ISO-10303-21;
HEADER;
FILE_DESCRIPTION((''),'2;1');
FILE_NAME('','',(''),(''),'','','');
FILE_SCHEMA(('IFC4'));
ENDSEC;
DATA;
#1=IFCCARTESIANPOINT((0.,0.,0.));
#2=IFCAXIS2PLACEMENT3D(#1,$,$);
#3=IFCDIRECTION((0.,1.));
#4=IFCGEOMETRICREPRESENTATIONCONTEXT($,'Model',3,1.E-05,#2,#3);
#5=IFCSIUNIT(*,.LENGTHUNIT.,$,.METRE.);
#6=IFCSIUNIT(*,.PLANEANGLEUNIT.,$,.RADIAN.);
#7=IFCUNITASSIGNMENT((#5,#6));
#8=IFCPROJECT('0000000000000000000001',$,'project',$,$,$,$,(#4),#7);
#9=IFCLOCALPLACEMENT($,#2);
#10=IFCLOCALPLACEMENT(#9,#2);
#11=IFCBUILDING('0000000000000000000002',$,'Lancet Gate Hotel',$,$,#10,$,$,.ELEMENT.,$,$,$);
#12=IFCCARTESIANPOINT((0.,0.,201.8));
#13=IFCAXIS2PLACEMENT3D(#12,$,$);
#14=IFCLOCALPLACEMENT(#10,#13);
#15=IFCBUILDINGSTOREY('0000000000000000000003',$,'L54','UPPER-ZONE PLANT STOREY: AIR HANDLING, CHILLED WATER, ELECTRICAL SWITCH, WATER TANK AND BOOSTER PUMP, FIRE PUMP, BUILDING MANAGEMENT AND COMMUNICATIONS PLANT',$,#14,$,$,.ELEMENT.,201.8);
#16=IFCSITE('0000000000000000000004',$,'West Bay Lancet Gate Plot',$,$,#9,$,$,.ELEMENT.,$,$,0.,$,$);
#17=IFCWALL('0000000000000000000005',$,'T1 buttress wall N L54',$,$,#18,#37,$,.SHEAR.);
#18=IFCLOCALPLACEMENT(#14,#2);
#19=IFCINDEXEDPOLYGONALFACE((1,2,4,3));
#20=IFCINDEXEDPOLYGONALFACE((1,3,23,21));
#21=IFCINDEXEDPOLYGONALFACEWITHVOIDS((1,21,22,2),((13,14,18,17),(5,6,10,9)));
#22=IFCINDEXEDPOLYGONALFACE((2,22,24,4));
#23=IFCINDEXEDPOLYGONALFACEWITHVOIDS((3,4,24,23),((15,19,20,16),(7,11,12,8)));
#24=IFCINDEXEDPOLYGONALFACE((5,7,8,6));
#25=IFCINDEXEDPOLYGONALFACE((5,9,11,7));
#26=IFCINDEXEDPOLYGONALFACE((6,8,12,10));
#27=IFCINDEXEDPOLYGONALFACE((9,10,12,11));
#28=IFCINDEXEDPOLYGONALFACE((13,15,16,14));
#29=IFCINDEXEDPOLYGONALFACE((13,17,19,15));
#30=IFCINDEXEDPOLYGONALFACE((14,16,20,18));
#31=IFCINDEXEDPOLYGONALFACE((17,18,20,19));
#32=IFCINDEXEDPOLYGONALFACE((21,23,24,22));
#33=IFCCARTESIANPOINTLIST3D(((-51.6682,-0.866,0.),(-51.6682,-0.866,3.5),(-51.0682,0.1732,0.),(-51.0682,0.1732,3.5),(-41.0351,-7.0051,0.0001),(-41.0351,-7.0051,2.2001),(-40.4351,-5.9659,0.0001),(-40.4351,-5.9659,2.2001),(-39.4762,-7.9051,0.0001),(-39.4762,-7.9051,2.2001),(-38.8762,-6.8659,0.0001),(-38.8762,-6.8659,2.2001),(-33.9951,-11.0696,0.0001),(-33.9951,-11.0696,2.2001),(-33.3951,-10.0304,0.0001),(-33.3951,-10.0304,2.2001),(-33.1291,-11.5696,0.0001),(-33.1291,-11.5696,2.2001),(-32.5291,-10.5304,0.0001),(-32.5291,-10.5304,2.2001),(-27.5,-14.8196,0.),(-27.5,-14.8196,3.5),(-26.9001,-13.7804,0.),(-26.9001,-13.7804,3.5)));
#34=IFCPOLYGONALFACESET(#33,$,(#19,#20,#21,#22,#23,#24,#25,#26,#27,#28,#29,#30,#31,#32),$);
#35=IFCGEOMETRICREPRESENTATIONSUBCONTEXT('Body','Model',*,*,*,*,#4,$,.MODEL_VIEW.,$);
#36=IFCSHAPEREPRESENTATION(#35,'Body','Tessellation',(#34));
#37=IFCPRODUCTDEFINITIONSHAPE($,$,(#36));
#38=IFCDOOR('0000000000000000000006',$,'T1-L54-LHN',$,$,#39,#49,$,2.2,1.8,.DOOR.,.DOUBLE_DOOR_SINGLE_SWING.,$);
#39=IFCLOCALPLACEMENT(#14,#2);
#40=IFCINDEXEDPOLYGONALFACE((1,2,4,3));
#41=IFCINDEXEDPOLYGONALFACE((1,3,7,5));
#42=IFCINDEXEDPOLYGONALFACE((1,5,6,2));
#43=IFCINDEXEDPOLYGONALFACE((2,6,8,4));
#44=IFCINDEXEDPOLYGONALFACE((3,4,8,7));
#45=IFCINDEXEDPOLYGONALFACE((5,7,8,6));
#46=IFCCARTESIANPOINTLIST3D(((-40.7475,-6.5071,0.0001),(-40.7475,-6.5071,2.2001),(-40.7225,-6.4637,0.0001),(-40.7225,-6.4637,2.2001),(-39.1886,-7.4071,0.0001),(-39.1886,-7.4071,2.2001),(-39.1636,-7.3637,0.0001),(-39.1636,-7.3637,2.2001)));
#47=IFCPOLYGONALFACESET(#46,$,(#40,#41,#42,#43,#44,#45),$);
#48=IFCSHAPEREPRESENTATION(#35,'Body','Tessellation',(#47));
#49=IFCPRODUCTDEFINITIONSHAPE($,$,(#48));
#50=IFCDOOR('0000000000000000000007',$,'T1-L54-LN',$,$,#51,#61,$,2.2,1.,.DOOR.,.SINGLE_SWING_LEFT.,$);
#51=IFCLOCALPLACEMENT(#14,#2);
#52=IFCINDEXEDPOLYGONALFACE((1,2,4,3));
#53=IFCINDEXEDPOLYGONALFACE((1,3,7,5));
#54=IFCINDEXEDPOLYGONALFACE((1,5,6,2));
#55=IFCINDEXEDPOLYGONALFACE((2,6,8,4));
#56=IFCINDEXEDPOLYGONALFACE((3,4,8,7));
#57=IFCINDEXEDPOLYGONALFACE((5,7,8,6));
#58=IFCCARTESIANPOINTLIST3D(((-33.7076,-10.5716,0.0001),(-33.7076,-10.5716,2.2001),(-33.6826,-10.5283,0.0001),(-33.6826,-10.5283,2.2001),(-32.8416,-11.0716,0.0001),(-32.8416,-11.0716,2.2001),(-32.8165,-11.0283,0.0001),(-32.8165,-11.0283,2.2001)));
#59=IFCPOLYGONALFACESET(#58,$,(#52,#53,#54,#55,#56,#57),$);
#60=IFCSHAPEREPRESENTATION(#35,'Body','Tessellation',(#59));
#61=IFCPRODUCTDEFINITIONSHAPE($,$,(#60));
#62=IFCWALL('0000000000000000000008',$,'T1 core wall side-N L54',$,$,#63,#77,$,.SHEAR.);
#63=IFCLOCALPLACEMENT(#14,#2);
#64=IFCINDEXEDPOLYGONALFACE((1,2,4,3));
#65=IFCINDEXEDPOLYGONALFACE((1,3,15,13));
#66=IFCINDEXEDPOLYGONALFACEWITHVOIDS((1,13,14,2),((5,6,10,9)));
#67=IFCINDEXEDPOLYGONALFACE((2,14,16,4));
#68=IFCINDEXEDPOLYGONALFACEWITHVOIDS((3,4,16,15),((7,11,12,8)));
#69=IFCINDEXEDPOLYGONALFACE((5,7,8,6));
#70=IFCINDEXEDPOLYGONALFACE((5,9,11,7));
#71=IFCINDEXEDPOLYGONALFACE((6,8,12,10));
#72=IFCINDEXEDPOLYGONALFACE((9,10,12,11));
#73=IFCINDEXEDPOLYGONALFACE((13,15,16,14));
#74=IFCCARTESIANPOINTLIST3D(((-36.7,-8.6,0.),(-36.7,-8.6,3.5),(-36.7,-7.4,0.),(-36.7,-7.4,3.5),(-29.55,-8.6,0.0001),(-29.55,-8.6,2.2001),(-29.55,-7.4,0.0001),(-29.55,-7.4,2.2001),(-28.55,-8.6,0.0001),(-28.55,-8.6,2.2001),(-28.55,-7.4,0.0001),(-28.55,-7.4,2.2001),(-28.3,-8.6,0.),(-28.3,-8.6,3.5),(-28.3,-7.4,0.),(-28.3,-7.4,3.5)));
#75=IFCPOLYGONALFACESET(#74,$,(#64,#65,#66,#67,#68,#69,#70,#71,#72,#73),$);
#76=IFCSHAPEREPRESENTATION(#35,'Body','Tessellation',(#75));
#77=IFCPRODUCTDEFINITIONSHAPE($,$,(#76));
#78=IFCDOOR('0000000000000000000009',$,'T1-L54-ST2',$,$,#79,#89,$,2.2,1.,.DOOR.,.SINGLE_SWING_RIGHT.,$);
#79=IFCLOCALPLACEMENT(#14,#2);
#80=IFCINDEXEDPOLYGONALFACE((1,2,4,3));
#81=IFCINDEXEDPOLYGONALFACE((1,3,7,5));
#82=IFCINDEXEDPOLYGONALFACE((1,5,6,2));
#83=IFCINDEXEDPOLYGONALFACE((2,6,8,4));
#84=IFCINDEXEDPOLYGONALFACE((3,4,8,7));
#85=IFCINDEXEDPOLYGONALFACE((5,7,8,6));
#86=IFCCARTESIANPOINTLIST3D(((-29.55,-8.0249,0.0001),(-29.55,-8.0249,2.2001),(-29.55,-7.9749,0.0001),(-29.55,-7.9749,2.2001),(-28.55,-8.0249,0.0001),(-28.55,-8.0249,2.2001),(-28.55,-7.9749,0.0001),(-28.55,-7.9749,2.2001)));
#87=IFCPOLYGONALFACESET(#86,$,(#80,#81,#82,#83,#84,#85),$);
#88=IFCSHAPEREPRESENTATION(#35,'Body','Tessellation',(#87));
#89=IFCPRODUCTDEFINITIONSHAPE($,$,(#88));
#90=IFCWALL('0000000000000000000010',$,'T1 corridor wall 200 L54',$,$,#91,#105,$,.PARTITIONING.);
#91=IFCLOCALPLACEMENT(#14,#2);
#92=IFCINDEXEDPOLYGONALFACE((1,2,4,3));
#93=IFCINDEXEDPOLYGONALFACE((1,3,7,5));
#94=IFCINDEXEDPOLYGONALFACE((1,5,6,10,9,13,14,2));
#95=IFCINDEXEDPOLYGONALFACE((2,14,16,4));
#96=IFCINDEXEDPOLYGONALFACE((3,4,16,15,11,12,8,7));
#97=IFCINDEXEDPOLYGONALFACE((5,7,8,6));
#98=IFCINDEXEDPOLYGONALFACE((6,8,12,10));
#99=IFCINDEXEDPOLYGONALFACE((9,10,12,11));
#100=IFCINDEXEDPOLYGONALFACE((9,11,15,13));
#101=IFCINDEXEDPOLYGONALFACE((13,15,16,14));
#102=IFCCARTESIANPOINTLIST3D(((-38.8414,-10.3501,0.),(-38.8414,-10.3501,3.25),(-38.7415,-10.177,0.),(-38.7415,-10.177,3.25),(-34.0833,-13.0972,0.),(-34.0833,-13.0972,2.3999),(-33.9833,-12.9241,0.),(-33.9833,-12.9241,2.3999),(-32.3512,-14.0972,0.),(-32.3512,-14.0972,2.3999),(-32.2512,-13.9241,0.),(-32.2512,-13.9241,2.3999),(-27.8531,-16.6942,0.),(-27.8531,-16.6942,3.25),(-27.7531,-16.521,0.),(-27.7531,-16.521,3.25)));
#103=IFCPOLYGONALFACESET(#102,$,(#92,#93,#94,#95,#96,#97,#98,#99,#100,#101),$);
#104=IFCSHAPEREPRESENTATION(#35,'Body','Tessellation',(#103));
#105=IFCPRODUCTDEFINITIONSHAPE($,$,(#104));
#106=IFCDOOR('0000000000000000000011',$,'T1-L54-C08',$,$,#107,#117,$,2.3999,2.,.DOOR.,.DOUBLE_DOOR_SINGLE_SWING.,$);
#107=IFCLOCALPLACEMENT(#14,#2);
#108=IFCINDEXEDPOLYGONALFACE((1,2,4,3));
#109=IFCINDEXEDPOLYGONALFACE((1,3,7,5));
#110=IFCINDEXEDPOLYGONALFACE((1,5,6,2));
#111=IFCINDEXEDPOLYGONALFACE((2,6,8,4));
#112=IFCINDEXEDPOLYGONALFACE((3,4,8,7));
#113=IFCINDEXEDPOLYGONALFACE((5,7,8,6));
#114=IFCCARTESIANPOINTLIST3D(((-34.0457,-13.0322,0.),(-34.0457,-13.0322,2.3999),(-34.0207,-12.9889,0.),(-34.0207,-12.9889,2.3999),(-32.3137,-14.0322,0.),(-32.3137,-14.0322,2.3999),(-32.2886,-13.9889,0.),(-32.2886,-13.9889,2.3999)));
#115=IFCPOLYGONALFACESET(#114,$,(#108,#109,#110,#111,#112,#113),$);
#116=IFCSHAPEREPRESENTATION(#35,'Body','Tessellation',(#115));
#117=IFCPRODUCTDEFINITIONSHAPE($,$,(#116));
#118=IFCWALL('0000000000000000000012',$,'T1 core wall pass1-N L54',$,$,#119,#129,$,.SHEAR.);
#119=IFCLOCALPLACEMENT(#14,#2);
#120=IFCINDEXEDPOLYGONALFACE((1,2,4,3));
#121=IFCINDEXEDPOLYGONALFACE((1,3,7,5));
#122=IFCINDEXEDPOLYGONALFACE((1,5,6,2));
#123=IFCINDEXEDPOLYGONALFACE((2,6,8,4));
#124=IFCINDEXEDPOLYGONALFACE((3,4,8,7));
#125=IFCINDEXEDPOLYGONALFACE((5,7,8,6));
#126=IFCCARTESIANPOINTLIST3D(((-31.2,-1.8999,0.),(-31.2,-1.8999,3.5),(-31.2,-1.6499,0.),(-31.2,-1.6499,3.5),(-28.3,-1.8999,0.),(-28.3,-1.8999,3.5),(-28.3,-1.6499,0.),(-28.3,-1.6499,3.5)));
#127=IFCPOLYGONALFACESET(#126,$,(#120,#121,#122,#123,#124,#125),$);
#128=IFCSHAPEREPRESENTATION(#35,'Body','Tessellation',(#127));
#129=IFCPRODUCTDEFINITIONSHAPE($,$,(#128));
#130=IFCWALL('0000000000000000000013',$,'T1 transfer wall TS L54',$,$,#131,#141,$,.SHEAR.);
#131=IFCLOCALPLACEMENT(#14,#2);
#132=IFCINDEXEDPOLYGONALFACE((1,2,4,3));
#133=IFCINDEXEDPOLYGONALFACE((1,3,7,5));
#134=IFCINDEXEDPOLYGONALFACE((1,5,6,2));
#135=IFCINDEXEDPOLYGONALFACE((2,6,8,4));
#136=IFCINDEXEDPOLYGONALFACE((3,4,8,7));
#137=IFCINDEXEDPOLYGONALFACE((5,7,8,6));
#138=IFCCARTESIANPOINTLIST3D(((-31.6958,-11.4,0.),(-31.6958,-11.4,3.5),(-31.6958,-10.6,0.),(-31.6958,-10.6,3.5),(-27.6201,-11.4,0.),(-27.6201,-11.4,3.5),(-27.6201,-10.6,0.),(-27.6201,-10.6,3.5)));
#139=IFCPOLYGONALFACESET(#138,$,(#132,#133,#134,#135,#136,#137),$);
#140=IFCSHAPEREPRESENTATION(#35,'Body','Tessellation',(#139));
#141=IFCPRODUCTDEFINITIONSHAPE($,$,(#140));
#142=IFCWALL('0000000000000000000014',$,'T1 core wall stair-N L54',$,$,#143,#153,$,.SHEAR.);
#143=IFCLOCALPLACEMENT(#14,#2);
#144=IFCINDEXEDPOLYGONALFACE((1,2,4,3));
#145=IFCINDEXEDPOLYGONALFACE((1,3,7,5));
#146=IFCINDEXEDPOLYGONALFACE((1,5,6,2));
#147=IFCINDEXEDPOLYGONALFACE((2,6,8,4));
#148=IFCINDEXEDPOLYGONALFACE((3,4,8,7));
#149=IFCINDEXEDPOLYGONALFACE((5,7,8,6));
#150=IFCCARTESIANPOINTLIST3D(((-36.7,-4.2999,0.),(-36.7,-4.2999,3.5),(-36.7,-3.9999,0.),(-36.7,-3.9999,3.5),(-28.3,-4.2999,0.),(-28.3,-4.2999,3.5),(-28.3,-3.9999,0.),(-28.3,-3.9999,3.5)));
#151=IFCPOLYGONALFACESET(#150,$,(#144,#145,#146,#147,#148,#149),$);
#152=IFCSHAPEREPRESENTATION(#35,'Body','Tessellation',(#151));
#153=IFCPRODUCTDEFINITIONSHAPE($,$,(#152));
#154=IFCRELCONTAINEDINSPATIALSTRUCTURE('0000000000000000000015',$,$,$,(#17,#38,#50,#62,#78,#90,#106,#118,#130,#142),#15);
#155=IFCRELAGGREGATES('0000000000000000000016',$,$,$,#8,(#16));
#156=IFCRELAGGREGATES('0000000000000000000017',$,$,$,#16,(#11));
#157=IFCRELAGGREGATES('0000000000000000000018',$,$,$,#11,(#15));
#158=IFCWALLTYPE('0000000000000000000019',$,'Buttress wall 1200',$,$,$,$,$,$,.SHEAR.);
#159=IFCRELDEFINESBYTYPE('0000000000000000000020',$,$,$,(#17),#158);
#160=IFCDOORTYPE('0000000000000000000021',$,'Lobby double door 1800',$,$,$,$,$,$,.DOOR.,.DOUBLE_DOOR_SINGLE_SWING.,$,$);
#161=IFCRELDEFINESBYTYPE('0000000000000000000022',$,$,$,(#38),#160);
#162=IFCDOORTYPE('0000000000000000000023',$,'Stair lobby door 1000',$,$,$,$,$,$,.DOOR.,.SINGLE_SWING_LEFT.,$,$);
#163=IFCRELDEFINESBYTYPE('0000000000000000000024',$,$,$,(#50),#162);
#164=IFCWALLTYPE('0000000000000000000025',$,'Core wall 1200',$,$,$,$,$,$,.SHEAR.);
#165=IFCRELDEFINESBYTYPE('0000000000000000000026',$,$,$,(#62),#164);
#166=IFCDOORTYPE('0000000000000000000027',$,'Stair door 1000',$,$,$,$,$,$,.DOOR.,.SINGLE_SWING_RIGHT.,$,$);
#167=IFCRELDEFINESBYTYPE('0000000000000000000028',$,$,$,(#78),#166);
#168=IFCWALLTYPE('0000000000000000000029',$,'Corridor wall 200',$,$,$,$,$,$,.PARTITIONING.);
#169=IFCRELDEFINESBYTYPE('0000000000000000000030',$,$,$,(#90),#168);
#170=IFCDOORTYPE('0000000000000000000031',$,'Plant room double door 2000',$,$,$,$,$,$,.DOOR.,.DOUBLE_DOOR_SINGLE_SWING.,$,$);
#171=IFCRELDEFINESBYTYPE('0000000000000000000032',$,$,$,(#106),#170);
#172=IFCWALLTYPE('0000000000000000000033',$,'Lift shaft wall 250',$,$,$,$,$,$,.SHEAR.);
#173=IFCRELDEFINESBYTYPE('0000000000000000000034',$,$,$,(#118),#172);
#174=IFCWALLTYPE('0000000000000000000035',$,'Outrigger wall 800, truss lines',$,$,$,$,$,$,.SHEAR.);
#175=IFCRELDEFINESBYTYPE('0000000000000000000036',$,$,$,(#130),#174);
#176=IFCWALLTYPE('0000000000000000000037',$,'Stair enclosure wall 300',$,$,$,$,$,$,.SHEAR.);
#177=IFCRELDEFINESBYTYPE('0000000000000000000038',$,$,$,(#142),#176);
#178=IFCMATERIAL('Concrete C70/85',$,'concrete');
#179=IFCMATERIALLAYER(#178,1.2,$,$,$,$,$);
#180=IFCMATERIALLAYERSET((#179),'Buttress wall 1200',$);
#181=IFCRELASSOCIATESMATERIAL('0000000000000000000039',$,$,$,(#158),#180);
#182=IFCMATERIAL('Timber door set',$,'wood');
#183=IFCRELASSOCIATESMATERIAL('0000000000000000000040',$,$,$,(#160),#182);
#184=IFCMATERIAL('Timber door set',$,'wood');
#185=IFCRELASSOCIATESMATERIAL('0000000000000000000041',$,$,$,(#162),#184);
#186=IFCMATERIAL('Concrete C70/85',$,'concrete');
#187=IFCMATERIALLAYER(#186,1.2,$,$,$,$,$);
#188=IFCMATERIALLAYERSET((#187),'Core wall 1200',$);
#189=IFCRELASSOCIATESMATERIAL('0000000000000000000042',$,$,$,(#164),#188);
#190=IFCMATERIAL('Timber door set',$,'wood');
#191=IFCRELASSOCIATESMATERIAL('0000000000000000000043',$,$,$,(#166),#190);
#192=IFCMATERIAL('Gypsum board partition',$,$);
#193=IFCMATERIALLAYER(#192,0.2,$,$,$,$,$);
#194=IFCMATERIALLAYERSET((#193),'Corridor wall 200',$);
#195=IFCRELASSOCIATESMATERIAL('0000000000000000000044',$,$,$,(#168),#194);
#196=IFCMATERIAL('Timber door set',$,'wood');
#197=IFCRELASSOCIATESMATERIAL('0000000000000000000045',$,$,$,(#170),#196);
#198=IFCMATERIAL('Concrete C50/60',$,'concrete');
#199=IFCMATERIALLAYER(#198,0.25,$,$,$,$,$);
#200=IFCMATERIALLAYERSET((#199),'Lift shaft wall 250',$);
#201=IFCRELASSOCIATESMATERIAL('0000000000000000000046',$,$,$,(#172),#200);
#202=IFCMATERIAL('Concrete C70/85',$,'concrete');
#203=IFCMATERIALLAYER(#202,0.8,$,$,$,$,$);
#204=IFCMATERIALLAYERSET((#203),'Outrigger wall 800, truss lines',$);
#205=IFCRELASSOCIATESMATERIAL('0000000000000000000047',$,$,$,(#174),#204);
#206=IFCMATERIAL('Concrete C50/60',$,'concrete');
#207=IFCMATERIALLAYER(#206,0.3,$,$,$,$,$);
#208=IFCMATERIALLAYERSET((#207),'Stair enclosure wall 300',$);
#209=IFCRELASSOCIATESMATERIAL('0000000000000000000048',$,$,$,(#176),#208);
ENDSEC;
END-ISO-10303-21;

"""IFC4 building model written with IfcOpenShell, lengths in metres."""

from ifc_helpers import new_model, si_unit, direction, frame, frame_2d, origin, place, context, subcontext, project, spatial, rectangle, extrude, material, layer, layer_set, type_object, element, fill, save


model = new_model("IFC4")

# Units and contexts
model_context = context("Model", 3, precision=1e-05, world=origin(), true_north=direction((0.0, 1.0)))
body_context = subcontext(model_context, "Body", "Model", "MODEL_VIEW")
ifc_project = project(units=[si_unit("LENGTHUNIT", "METRE"), si_unit("PLANEANGLEUNIT", "RADIAN")], contexts=[model_context])

# Site, building, storey
site_placement = place(None, origin())
site = spatial("IfcSite", under=ifc_project, at=site_placement, Name="West Bay Lancet Gate Plot", CompositionType="ELEMENT", RefElevation=0.0)
building_placement = place(site_placement, origin())
building = spatial("IfcBuilding", under=site, at=building_placement, Name="Lancet Gate Hotel", CompositionType="ELEMENT")
storey_placement = place(building_placement, frame((0.0, 0.0, 201.8)))
storey = spatial("IfcBuildingStorey", under=building, at=storey_placement, Name="L54", Description="UPPER-ZONE PLANT STOREY: AIR HANDLING, CHILLED WATER, ELECTRICAL SWITCH, WATER TANK AND BOOSTER PUMP, FIRE PUMP, BUILDING MANAGEMENT AND COMMUNICATIONS PLANT", CompositionType="ELEMENT", Elevation=201.8)

# Wall, openings, doors
ifc_material_1 = material(Name="Concrete C70/85", Category="concrete")
ifc_layer_1 = layer(ifc_material_1, 1.2)
ifc_layer_set_1 = layer_set([ifc_layer_1], Name="Buttress wall 1200")
wall_type_1 = type_object("IfcWallType", Name="Buttress wall 1200", PredefinedType="SHEAR", material=ifc_layer_set_1)
wall_1_placement = place(storey_placement, frame((-27.2, -14.3, 0.0), z_axis=(0.0, 0.0, 1.0), x_axis=(-0.866024, 0.500002, 0.0)))
wall_1 = element("IfcWall", 1, at=wall_1_placement, inside=storey, type_object=wall_type_1, Name="T1 buttress wall N L54", PredefinedType="SHEAR", context=body_context, shape_type="SweptSolid", body=[
    extrude(rectangle(XDim=27.907, YDim=1.2, at=frame_2d((13.9536, 0.0))), origin(), (0.0, 0.0, 1.0), 3.5),
])
opening_1_placement = place(wall_1_placement, frame((6.5, 0.0, 0.0)))
opening_1 = element("IfcOpeningElement", 2, at=opening_1_placement, cuts=wall_1, PredefinedType="OPENING", context=body_context, shape_type="SweptSolid", body=[
    extrude(rectangle(XDim=1.0, YDim=2.2, at=frame_2d((0.5, 1.1001))), frame((0.0, 0.6099, 0.0), z_axis=(0.0, -1.0, 0.0), x_axis=(1.0, 0.0, 0.0)), (0.0, 0.0, 1.0), 1.22),
])
opening_2_placement = place(wall_1_placement, frame((13.8291, 0.0, 0.0)))
opening_2 = element("IfcOpeningElement", 3, at=opening_2_placement, cuts=wall_1, PredefinedType="OPENING", context=body_context, shape_type="SweptSolid", body=[
    extrude(rectangle(XDim=1.8, YDim=2.2, at=frame_2d((0.8999, 1.1001))), frame((0.0, 0.6099, 0.0), z_axis=(0.0, -1.0, 0.0), x_axis=(1.0, 0.0, 0.0)), (0.0, 0.0, 1.0), 1.22),
])
ifc_material_2 = material(Name="Timber door set", Category="wood")
door_type_1 = type_object("IfcDoorType", Name="Lobby double door 1800", OperationType="DOUBLE_DOOR_SINGLE_SWING", PredefinedType="DOOR", material=ifc_material_2)
door_1_placement = place(opening_2_placement, origin())
door_1 = element("IfcDoor", 4, at=door_1_placement, inside=storey, type_object=door_type_1, Name="T1-L54-LHN", OperationType="DOUBLE_DOOR_SINGLE_SWING", OverallHeight=2.2, OverallWidth=1.8, PredefinedType="DOOR", context=body_context, shape_type="SweptSolid", body=[
    extrude(rectangle(XDim=1.8, YDim=2.2, at=frame_2d((0.8999, 1.1001))), frame((0.0, 0.0249, 0.0), z_axis=(0.0, -1.0, 0.0), x_axis=(1.0, 0.0, 0.0)), (0.0, 0.0, 1.0), 0.05),
])
fill(opening_2, door_1)
ifc_material_3 = material(Name="Timber door set", Category="wood")
door_type_2 = type_object("IfcDoorType", Name="Stair lobby door 1000", OperationType="SINGLE_SWING_LEFT", PredefinedType="DOOR", material=ifc_material_3)
door_2_placement = place(opening_1_placement, origin())
door_2 = element("IfcDoor", 5, at=door_2_placement, inside=storey, type_object=door_type_2, Name="T1-L54-LN", OperationType="SINGLE_SWING_LEFT", OverallHeight=2.2, OverallWidth=1.0, PredefinedType="DOOR", context=body_context, shape_type="SweptSolid", body=[
    extrude(rectangle(XDim=1.0, YDim=2.2, at=frame_2d((0.5, 1.1001))), frame((0.0, 0.0249, 0.0), z_axis=(0.0, -1.0, 0.0), x_axis=(1.0, 0.0, 0.0)), (0.0, 0.0, 1.0), 0.05),
])
fill(opening_1, door_2)

# Walls, openings, doors
ifc_material_4 = material(Name="Concrete C70/85", Category="concrete")
ifc_layer_2 = layer(ifc_material_4, 1.2)
ifc_layer_set_2 = layer_set([ifc_layer_2], Name="Core wall 1200")
wall_type_2 = type_object("IfcWallType", Name="Core wall 1200", PredefinedType="SHEAR", material=ifc_layer_set_2)
wall_2_placement = place(storey_placement, frame((-28.3, -8.0, 0.0), z_axis=(0.0, 0.0, 1.0), x_axis=(-1.0, 0.0, 0.0)))
wall_2 = element("IfcWall", 6, at=wall_2_placement, inside=storey, type_object=wall_type_2, Name="T1 core wall side-N L54", PredefinedType="SHEAR", context=body_context, shape_type="SweptSolid", body=[
    extrude(rectangle(XDim=8.3999, YDim=1.2, at=frame_2d((4.2, 0.0))), origin(), (0.0, 0.0, 1.0), 3.5),
])
opening_3_placement = place(wall_2_placement, frame((0.25, 0.0, 0.0)))
opening_3 = element("IfcOpeningElement", 7, at=opening_3_placement, cuts=wall_2, PredefinedType="OPENING", context=body_context, shape_type="SweptSolid", body=[
    extrude(rectangle(XDim=1.0, YDim=2.2, at=frame_2d((0.5, 1.1001))), frame((0.0, 0.6099, 0.0), z_axis=(0.0, -1.0, 0.0), x_axis=(1.0, 0.0, 0.0)), (0.0, 0.0, 1.0), 1.22),
])
ifc_material_5 = material(Name="Timber door set", Category="wood")
door_type_3 = type_object("IfcDoorType", Name="Stair door 1000", OperationType="SINGLE_SWING_RIGHT", PredefinedType="DOOR", material=ifc_material_5)
door_3_placement = place(opening_3_placement, origin())
door_3 = element("IfcDoor", 8, at=door_3_placement, inside=storey, type_object=door_type_3, Name="T1-L54-ST2", OperationType="SINGLE_SWING_RIGHT", OverallHeight=2.2, OverallWidth=1.0, PredefinedType="DOOR", context=body_context, shape_type="SweptSolid", body=[
    extrude(rectangle(XDim=1.0, YDim=2.2, at=frame_2d((0.5, 1.1001))), frame((0.0, 0.0249, 0.0), z_axis=(0.0, -1.0, 0.0), x_axis=(1.0, 0.0, 0.0)), (0.0, 0.0, 1.0), 0.05),
])
fill(opening_3, door_3)
ifc_material_6 = material(Name="Gypsum board partition")
ifc_layer_3 = layer(ifc_material_6, 0.2)
ifc_layer_set_3 = layer_set([ifc_layer_3], Name="Corridor wall 200")
wall_type_3 = type_object("IfcWallType", Name="Corridor wall 200", PredefinedType="PARTITIONING", material=ifc_layer_set_3)
wall_3_placement = place(storey_placement, frame((-27.803, -16.6077, 0.0), z_axis=(0.0, 0.0, 1.0), x_axis=(-0.866029, 0.499995, 0.0)))
wall_3 = element("IfcWall", 9, at=wall_3_placement, inside=storey, type_object=wall_type_3, Name="T1 corridor wall 200 L54", PredefinedType="PARTITIONING", context=body_context, shape_type="SweptSolid", body=[
    extrude(rectangle(XDim=12.6882, YDim=0.2, at=frame_2d((6.3442, 0.0))), origin(), (0.0, 0.0, 1.0), 3.25),
])
opening_4_placement = place(wall_3_placement, frame((5.1941, 0.0, 0.0)))
opening_4 = element("IfcOpeningElement", 10, at=opening_4_placement, cuts=wall_3, PredefinedType="OPENING", context=body_context, shape_type="SweptSolid", body=[
    extrude(rectangle(XDim=2.0, YDim=2.3999, at=frame_2d((1.0, 1.2))), frame((0.0, 0.1099, 0.0), z_axis=(0.0, -1.0, 0.0), x_axis=(1.0, 0.0, 0.0)), (0.0, 0.0, 1.0), 0.22),
])
ifc_material_7 = material(Name="Timber door set", Category="wood")
door_type_4 = type_object("IfcDoorType", Name="Plant room double door 2000", OperationType="DOUBLE_DOOR_SINGLE_SWING", PredefinedType="DOOR", material=ifc_material_7)
door_4_placement = place(opening_4_placement, origin())
door_4 = element("IfcDoor", 11, at=door_4_placement, inside=storey, type_object=door_type_4, Name="T1-L54-C08", OperationType="DOUBLE_DOOR_SINGLE_SWING", OverallHeight=2.3999, OverallWidth=2.0, PredefinedType="DOOR", context=body_context, shape_type="SweptSolid", body=[
    extrude(rectangle(XDim=2.0, YDim=2.3999, at=frame_2d((1.0, 1.2))), frame((0.0, 0.0249, 0.0), z_axis=(0.0, -1.0, 0.0), x_axis=(1.0, 0.0, 0.0)), (0.0, 0.0, 1.0), 0.05),
])
fill(opening_4, door_4)

# Walls
ifc_material_8 = material(Name="Concrete C50/60", Category="concrete")
ifc_layer_4 = layer(ifc_material_8, 0.25)
ifc_layer_set_4 = layer_set([ifc_layer_4], Name="Lift shaft wall 250")
wall_type_4 = type_object("IfcWallType", Name="Lift shaft wall 250", PredefinedType="SHEAR", material=ifc_layer_set_4)
wall_4_placement = place(storey_placement, frame((-28.3, -1.7749, 0.0), z_axis=(0.0, 0.0, 1.0), x_axis=(-1.0, 0.0, 0.0)))
element("IfcWall", 12, at=wall_4_placement, inside=storey, type_object=wall_type_4, Name="T1 core wall pass1-N L54", PredefinedType="SHEAR", context=body_context, shape_type="SweptSolid", body=[
    extrude(rectangle(XDim=2.8999, YDim=0.25, at=frame_2d((1.45, 0.0))), origin(), (0.0, 0.0, 1.0), 3.5),
])
ifc_material_9 = material(Name="Concrete C70/85", Category="concrete")
ifc_layer_5 = layer(ifc_material_9, 0.8)
ifc_layer_set_5 = layer_set([ifc_layer_5], Name="Outrigger wall 800, truss lines")
wall_type_5 = type_object("IfcWallType", Name="Outrigger wall 800, truss lines", PredefinedType="SHEAR", material=ifc_layer_set_5)
wall_5_placement = place(storey_placement, frame((-27.6201, -11.0, 0.0), z_axis=(0.0, 0.0, 1.0), x_axis=(-1.0, 0.0, 0.0)))
element("IfcWall", 13, at=wall_5_placement, inside=storey, type_object=wall_type_5, Name="T1 transfer wall TS L54", PredefinedType="SHEAR", context=body_context, shape_type="SweptSolid", body=[
    extrude(rectangle(XDim=4.0757, YDim=0.8, at=frame_2d((2.0378, 0.0))), origin(), (0.0, 0.0, 1.0), 3.5),
])
ifc_material_10 = material(Name="Concrete C50/60", Category="concrete")
ifc_layer_6 = layer(ifc_material_10, 0.3)
ifc_layer_set_6 = layer_set([ifc_layer_6], Name="Stair enclosure wall 300")
wall_type_6 = type_object("IfcWallType", Name="Stair enclosure wall 300", PredefinedType="SHEAR", material=ifc_layer_set_6)
wall_6_placement = place(storey_placement, frame((-28.3, -4.1499, 0.0), z_axis=(0.0, 0.0, 1.0), x_axis=(-1.0, 0.0, 0.0)))
element("IfcWall", 14, at=wall_6_placement, inside=storey, type_object=wall_type_6, Name="T1 core wall stair-N L54", PredefinedType="SHEAR", context=body_context, shape_type="SweptSolid", body=[
    extrude(rectangle(XDim=8.3999, YDim=0.3, at=frame_2d((4.2, 0.0))), origin(), (0.0, 0.0, 1.0), 3.5),
])

save(model, "model.ifc")
